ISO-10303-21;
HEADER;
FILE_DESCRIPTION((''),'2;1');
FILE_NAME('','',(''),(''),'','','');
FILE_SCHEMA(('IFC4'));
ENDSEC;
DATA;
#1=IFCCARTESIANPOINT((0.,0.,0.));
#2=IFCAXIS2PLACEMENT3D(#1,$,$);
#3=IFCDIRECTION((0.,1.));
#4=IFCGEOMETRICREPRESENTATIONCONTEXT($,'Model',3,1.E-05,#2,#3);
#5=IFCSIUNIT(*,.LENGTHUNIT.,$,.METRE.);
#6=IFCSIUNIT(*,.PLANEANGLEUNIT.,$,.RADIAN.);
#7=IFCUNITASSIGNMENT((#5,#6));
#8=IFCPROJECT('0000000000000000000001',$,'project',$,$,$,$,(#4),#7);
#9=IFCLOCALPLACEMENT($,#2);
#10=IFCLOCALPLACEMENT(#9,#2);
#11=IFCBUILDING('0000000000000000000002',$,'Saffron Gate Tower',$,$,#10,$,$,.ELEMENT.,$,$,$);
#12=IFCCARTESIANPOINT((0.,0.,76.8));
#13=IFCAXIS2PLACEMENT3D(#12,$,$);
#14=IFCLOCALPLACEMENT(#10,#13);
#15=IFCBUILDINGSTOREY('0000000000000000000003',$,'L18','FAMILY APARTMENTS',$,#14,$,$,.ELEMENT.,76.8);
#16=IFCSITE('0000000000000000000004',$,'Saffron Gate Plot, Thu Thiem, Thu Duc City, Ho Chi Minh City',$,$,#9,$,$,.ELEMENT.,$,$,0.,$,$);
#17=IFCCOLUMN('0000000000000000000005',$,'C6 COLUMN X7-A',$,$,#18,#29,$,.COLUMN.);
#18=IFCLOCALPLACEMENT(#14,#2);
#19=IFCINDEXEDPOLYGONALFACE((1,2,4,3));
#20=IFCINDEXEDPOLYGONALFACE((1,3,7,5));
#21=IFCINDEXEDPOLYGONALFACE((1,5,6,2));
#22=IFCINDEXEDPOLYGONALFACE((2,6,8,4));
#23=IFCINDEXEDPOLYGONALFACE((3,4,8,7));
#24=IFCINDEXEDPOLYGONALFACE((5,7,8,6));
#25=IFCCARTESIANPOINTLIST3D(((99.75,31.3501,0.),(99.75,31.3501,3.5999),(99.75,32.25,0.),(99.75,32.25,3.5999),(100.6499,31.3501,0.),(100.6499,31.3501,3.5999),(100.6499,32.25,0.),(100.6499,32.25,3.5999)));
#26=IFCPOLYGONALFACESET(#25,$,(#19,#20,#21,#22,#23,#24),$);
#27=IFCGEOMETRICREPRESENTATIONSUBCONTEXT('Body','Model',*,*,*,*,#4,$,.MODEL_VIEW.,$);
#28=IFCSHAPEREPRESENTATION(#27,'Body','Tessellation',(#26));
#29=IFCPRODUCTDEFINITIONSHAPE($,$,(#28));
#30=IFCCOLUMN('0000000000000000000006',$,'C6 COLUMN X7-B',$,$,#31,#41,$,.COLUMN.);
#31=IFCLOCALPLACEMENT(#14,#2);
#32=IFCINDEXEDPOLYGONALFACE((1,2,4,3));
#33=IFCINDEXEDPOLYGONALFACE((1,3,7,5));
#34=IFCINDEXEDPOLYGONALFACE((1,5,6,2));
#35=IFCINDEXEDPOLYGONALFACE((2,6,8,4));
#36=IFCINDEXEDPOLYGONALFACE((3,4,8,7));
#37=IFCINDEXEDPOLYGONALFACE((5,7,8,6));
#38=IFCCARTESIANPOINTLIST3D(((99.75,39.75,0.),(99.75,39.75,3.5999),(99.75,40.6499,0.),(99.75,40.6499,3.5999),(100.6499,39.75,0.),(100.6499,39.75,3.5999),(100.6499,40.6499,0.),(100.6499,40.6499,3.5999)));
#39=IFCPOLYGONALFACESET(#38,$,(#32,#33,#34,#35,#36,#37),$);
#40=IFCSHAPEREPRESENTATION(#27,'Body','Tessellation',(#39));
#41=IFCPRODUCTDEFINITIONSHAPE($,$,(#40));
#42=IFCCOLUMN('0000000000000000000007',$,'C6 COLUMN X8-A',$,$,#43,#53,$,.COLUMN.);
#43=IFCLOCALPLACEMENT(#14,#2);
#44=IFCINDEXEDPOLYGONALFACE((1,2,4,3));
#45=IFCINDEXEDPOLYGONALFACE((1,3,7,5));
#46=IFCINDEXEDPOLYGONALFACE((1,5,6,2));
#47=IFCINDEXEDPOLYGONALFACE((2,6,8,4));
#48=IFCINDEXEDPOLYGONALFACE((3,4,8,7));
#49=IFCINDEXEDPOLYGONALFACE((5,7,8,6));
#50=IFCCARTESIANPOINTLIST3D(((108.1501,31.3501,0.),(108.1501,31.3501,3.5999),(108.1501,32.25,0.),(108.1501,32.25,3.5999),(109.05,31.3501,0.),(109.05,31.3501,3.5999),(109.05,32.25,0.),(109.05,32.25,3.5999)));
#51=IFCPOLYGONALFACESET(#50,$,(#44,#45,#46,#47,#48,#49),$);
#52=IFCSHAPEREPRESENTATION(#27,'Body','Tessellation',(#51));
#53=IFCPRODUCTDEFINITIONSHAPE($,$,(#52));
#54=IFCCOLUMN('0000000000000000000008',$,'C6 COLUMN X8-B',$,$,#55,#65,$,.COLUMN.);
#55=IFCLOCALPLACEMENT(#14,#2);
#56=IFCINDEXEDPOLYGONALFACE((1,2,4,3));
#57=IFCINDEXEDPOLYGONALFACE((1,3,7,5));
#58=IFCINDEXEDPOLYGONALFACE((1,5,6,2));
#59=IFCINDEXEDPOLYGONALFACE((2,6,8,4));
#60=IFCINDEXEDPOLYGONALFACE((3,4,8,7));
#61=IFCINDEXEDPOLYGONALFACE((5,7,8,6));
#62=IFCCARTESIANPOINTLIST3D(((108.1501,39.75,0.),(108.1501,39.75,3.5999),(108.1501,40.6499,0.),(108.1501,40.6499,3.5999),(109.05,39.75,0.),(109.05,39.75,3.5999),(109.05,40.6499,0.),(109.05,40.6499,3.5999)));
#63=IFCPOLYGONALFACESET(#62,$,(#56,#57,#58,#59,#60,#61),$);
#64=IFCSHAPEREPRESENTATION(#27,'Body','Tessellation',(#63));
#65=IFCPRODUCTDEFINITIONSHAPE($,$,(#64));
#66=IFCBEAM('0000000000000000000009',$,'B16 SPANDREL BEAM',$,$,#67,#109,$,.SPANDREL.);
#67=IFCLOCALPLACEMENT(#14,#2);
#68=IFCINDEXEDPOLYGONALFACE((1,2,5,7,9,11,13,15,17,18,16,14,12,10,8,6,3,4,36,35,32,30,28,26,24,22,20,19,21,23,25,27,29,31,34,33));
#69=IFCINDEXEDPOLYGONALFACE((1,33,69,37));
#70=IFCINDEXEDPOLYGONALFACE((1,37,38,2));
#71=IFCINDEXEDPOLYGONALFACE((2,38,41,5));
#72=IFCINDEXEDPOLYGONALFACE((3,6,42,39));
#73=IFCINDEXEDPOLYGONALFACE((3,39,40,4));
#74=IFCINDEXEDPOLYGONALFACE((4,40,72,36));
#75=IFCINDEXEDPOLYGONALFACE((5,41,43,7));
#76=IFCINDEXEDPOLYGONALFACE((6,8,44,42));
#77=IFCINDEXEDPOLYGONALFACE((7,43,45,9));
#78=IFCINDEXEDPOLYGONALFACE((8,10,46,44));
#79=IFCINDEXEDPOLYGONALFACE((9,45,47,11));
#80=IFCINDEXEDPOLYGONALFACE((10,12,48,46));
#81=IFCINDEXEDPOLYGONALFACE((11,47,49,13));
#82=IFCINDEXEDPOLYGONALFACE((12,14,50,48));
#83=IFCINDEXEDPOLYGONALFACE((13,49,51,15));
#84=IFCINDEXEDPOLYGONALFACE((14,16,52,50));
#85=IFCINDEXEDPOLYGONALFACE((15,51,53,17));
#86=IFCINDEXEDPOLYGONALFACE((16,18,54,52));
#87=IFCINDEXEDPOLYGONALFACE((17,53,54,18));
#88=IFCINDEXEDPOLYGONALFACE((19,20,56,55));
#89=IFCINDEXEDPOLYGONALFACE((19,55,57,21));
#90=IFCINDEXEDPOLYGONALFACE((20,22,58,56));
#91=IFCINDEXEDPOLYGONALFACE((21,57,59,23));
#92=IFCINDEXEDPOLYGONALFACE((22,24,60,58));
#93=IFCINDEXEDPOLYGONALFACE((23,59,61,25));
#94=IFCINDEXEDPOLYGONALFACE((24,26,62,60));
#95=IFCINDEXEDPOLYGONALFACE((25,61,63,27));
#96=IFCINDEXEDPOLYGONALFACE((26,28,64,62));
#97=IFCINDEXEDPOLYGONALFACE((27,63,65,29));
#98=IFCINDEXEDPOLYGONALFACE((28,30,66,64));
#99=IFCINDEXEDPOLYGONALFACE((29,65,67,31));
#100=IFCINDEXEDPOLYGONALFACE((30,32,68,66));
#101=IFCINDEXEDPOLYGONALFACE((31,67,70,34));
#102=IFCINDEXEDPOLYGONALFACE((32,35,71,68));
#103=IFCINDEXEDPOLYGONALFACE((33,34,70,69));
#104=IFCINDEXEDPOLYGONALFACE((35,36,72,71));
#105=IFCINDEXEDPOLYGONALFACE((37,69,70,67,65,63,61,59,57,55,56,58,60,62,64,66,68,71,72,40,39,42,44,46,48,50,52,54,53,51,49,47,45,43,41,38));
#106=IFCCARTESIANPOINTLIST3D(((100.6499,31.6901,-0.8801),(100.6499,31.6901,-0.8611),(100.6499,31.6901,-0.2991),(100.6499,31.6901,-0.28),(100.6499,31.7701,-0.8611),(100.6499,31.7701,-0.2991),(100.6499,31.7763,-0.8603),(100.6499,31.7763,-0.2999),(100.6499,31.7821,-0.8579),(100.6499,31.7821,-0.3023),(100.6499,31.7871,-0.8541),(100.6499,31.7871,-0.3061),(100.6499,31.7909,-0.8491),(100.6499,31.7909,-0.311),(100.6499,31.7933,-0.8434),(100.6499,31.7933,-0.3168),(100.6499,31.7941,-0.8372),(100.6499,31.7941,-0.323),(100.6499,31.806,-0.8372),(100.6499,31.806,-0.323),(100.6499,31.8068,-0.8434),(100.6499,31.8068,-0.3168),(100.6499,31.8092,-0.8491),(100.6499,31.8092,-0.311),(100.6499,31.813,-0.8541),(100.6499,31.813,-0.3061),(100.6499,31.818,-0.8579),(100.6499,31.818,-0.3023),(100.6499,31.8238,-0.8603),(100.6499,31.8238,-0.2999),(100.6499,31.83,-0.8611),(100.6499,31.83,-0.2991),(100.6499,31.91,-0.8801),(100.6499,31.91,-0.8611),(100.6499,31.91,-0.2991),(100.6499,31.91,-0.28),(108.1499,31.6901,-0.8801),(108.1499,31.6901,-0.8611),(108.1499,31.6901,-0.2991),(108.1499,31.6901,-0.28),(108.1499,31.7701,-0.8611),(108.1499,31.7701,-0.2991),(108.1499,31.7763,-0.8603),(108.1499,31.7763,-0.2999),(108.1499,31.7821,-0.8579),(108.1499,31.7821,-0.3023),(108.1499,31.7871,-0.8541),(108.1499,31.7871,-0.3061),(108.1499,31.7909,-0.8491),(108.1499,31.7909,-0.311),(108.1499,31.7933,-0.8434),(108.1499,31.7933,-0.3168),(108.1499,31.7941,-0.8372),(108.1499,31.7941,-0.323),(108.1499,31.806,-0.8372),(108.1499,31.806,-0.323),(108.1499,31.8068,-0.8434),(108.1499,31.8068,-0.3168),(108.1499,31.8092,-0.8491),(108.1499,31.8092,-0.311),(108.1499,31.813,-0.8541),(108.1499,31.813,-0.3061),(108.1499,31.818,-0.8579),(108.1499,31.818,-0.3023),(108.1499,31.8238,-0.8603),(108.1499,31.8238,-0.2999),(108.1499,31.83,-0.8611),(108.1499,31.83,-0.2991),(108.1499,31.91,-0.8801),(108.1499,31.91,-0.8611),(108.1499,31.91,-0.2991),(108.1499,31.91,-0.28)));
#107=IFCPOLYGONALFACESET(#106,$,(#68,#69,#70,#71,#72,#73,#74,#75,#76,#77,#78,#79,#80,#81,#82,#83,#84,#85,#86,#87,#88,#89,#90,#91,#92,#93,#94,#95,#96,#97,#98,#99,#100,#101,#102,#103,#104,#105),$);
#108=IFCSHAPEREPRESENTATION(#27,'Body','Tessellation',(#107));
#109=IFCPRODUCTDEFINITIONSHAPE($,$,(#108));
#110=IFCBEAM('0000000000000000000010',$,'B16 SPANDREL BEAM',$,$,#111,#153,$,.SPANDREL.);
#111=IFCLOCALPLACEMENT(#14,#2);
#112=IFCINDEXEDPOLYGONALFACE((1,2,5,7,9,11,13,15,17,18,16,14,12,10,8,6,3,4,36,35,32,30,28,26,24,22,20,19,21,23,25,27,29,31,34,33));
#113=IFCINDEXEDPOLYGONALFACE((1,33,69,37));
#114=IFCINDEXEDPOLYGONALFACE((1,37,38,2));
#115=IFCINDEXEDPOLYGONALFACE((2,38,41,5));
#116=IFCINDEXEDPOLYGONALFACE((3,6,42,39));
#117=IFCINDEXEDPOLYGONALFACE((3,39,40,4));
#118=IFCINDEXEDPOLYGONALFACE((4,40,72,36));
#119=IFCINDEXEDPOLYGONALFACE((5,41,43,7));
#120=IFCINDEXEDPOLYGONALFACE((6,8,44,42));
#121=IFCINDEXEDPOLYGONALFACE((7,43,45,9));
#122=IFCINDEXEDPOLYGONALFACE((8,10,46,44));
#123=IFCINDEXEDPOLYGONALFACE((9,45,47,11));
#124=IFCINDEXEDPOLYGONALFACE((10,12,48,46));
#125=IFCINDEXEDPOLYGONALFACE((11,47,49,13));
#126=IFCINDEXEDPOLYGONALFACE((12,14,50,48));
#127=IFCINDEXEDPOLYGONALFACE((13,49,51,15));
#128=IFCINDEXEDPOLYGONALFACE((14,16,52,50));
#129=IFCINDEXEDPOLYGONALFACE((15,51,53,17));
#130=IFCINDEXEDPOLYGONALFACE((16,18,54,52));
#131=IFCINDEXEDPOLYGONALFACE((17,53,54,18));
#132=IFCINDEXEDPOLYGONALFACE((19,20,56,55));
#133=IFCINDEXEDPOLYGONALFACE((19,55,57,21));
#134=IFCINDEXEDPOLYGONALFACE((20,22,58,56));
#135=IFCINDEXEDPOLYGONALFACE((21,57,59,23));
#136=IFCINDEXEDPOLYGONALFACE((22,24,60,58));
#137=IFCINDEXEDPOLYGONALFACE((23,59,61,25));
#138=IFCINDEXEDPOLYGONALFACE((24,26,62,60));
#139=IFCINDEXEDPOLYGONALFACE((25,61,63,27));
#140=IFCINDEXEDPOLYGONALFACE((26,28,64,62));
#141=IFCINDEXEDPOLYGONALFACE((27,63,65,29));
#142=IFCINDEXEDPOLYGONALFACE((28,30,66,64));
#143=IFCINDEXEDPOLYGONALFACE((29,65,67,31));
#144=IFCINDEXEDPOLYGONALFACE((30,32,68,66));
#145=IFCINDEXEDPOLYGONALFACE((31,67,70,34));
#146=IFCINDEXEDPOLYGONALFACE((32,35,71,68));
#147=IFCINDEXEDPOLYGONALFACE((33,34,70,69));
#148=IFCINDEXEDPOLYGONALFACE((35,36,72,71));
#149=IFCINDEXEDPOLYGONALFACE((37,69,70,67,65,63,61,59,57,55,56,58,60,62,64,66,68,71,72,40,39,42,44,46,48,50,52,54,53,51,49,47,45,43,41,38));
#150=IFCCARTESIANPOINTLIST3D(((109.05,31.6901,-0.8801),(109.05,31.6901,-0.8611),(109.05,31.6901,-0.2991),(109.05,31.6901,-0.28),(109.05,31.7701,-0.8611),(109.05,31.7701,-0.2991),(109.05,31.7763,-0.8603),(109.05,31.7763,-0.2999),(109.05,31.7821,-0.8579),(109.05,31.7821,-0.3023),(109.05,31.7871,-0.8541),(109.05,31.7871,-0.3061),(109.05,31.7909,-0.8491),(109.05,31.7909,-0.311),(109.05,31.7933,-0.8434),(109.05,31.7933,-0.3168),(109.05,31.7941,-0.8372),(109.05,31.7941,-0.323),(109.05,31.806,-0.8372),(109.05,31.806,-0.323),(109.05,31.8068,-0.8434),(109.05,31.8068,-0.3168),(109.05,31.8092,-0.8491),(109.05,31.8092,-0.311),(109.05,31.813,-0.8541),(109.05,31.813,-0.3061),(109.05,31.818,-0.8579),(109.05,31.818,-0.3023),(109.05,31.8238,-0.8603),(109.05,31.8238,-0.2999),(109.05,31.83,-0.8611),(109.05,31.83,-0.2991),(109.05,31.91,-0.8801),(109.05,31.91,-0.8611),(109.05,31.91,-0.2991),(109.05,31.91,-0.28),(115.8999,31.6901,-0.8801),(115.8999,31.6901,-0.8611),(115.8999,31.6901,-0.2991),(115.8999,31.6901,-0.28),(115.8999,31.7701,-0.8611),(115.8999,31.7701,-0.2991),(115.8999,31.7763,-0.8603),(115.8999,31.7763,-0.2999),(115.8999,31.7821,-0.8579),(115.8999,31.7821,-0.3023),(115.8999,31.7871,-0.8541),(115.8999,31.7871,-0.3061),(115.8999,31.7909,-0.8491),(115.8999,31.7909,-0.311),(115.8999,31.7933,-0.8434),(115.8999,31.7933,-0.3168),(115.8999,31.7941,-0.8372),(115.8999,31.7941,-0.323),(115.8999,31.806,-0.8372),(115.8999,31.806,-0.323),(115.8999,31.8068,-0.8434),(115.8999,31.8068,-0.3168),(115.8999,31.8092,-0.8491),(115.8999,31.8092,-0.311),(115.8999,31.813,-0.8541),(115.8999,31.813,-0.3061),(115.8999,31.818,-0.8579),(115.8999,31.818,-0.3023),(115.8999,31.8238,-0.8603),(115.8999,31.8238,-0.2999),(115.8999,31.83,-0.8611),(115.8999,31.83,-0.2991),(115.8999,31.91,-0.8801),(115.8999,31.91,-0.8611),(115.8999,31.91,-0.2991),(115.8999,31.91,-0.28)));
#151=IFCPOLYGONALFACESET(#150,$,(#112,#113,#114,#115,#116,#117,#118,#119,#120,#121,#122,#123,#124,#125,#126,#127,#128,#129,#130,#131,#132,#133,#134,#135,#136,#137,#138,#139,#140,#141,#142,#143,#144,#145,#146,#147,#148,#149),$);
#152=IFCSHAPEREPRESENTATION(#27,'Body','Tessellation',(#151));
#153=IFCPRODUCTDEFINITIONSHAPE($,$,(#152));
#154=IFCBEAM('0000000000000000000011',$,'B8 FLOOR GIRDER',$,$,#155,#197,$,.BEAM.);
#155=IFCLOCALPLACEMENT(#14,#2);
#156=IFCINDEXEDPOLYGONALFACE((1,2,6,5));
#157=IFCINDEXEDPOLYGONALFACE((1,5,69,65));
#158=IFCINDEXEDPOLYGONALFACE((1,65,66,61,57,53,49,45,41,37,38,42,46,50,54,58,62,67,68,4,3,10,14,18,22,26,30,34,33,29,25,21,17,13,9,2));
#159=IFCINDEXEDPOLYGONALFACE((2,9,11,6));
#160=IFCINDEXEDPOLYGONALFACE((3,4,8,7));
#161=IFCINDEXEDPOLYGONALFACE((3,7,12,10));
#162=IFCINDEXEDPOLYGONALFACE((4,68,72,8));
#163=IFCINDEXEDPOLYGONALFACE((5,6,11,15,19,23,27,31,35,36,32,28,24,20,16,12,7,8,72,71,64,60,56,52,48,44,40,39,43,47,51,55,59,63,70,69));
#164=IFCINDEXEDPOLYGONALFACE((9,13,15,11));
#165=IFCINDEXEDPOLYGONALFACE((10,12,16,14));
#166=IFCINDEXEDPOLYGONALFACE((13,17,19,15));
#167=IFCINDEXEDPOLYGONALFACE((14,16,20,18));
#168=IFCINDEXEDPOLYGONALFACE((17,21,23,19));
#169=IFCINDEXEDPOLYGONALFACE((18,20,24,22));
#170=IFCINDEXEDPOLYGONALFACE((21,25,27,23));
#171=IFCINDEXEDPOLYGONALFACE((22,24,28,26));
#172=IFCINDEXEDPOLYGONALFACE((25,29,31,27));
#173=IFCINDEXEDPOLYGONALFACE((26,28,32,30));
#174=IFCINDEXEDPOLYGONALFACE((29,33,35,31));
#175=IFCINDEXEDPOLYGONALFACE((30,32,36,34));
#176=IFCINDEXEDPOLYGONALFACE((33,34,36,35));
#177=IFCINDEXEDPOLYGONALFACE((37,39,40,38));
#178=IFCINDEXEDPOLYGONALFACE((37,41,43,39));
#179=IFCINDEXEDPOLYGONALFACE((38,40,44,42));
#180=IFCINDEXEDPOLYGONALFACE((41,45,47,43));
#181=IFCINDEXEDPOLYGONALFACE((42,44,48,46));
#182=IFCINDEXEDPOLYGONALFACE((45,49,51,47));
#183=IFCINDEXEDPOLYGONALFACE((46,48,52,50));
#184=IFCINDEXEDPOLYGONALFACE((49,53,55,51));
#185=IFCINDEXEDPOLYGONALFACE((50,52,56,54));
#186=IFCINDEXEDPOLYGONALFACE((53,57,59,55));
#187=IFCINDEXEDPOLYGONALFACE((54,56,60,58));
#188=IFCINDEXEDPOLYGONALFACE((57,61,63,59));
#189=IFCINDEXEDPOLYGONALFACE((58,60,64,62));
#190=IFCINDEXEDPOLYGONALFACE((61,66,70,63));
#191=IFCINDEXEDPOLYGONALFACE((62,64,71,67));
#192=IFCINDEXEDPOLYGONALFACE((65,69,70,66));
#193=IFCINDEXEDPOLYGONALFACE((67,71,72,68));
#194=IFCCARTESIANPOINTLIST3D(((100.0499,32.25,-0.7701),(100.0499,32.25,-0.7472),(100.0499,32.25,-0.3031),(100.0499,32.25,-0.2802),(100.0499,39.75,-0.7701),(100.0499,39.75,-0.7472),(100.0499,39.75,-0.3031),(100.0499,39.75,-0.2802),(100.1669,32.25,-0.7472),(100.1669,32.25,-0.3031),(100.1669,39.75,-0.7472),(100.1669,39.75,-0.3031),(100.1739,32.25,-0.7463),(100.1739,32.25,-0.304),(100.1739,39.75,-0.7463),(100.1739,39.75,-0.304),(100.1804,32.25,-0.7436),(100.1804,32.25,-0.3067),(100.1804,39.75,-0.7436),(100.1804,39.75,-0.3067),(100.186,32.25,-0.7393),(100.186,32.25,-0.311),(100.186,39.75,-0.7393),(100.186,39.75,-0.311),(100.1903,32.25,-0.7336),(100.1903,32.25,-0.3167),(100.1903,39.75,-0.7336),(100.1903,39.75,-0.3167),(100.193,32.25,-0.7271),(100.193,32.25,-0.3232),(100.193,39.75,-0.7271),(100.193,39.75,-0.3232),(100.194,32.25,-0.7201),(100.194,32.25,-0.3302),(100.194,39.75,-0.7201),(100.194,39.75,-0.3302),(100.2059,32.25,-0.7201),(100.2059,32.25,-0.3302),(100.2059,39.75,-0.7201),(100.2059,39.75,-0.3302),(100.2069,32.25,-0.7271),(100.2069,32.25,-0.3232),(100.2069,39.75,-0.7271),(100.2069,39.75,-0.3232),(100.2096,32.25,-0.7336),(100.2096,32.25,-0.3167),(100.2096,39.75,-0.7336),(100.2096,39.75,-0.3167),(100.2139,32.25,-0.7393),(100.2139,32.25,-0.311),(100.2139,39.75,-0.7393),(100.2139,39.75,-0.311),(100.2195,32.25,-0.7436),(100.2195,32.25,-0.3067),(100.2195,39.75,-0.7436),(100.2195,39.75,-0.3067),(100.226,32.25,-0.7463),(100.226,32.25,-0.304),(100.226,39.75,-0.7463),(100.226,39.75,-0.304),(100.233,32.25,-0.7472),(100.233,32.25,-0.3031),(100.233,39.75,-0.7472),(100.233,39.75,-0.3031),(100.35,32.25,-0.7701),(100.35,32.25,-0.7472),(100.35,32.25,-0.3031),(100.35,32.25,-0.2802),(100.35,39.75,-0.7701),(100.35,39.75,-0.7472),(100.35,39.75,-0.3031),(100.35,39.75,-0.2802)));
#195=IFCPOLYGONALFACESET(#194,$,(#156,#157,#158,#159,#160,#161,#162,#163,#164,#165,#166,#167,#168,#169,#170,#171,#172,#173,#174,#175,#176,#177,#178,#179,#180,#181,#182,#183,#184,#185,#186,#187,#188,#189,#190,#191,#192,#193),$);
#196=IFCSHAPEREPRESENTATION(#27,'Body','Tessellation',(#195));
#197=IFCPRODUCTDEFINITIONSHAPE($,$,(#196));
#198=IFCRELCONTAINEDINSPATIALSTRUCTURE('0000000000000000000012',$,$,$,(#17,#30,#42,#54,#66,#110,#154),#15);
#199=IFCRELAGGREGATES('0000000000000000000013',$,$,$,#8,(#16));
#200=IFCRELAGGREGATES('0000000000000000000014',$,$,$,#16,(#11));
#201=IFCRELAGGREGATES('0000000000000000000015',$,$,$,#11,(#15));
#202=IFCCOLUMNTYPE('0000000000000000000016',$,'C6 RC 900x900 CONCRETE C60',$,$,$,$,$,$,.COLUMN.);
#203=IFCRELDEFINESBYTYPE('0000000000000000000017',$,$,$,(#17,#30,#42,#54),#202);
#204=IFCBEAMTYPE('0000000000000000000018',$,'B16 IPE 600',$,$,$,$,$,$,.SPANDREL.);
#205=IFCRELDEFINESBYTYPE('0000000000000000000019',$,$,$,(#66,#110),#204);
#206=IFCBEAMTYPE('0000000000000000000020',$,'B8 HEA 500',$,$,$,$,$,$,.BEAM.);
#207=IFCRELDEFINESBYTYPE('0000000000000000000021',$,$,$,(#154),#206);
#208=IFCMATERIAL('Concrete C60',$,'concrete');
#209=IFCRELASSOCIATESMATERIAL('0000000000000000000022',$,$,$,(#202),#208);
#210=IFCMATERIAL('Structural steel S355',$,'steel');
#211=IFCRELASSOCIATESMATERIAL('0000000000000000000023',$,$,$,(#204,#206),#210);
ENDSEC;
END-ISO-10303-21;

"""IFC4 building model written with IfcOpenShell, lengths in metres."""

from ifc_helpers import new_model, si_unit, direction, frame, origin, origin_2d, place, context, subcontext, project, spatial, rectangle, i_section, extrude, material, material_profile, profile_set, type_object, element, save


model = new_model("IFC4")

# Units and contexts
model_context = context("Model", 3, precision=1e-05, world=origin(), true_north=direction((0.0, 1.0)))
body_context = subcontext(model_context, "Body", "Model", "MODEL_VIEW")
ifc_project = project(units=[si_unit("LENGTHUNIT", "METRE"), si_unit("PLANEANGLEUNIT", "RADIAN")], contexts=[model_context])

# Site, building, storey
site_placement = place(None, origin())
site = spatial("IfcSite", under=ifc_project, at=site_placement, Name="Saffron Gate Plot, Thu Thiem, Thu Duc City, Ho Chi Minh City", CompositionType="ELEMENT", RefElevation=0.0)
building_placement = place(site_placement, origin())
building = spatial("IfcBuilding", under=site, at=building_placement, Name="Saffron Gate Tower", CompositionType="ELEMENT")
storey_placement = place(building_placement, frame((0.0, 0.0, 76.8)))
storey = spatial("IfcBuildingStorey", under=building, at=storey_placement, Name="L18", Description="FAMILY APARTMENTS", CompositionType="ELEMENT", Elevation=76.8)

# Columns
ifc_material_1 = material(Name="Concrete C60", Category="concrete")
ifc_material_profile_1 = material_profile(ifc_material_1, rectangle(XDim=0.8999, YDim=0.8999, at=origin_2d()))
ifc_profile_set_1 = profile_set([ifc_material_profile_1], Name="Concrete C60")
column_type = type_object("IfcColumnType", Name="C6 RC 900x900 CONCRETE C60", PredefinedType="COLUMN", material=ifc_profile_set_1)
for number, where, z_axis, x_axis, name in (
    (1, (100.2, 31.8, 0.0), (0.0, 0.0, 1.0), (1.0, 0.0, 0.0), "C6 COLUMN X7-A"),
    (2, (100.2, 40.2, 0.0), (0.0, 0.0, 1.0), (1.0, 0.0, 0.0), "C6 COLUMN X7-B"),
    (3, (108.6001, 31.8, 0.0), (0.0, 0.0, 1.0), (1.0, 0.0, 0.0), "C6 COLUMN X8-A"),
    (4, (108.6001, 40.2, 0.0), (0.0, 0.0, 1.0), (1.0, 0.0, 0.0), "C6 COLUMN X8-B"),
):
    element("IfcColumn", number, at=place(storey_placement, frame(where, z_axis=z_axis, x_axis=x_axis)), inside=storey, type_object=column_type, Name=name, PredefinedType="COLUMN", context=body_context, shape_type="SweptSolid", body=[
        extrude(rectangle(XDim=0.8999, YDim=0.8999, at=origin_2d()), origin(), (0.0, 0.0, 1.0), 3.5999),
    ])

# Beams
ifc_material_2 = material(Name="Structural steel S355", Category="steel")
ifc_material_profile_2 = material_profile(ifc_material_2, i_section(OverallWidth=0.22, OverallDepth=0.6001, WebThickness=0.012, FlangeThickness=0.019, FilletRadius=0.0239, at=origin_2d()))
ifc_profile_set_2 = profile_set([ifc_material_profile_2], Name="Structural steel S355")
beam_type_1 = type_object("IfcBeamType", Name="B16 IPE 600", PredefinedType="SPANDREL", material=ifc_profile_set_2)
beam_1_placement = place(storey_placement, frame((100.6499, 31.8, -0.5801), z_axis=(1.0, 0.0, 0.0), x_axis=(0.0, 1.0, 0.0)))
element("IfcBeam", 5, at=beam_1_placement, inside=storey, type_object=beam_type_1, Name="B16 SPANDREL BEAM", PredefinedType="SPANDREL", context=body_context, shape_type="SweptSolid", body=[
    extrude(i_section(OverallWidth=0.22, OverallDepth=0.6001, WebThickness=0.012, FlangeThickness=0.019, FilletRadius=0.0239, at=origin_2d()), origin(), (0.0, 0.0, 1.0), 7.5),
])
beam_2_placement = place(storey_placement, frame((109.05, 31.8, -0.5801), z_axis=(1.0, 0.0, 0.0), x_axis=(0.0, 1.0, 0.0)))
element("IfcBeam", 6, at=beam_2_placement, inside=storey, type_object=beam_type_1, Name="B16 SPANDREL BEAM", PredefinedType="SPANDREL", context=body_context, shape_type="SweptSolid", body=[
    extrude(i_section(OverallWidth=0.22, OverallDepth=0.6001, WebThickness=0.012, FlangeThickness=0.019, FilletRadius=0.0239, at=origin_2d()), origin(), (0.0, 0.0, 1.0), 6.8499),
])
ifc_material_profile_3 = material_profile(ifc_material_2, i_section(OverallWidth=0.3, OverallDepth=0.49, WebThickness=0.012, FlangeThickness=0.0229, FilletRadius=0.0271, at=origin_2d()))
ifc_profile_set_3 = profile_set([ifc_material_profile_3], Name="Structural steel S355")
beam_type_2 = type_object("IfcBeamType", Name="B8 HEA 500", PredefinedType="BEAM", material=ifc_profile_set_3)
beam_3_placement = place(storey_placement, frame((100.2, 32.25, -0.5251), z_axis=(0.0, 1.0, 0.0), x_axis=(-1.0, 0.0, 0.0)))
element("IfcBeam", 7, at=beam_3_placement, inside=storey, type_object=beam_type_2, Name="B8 FLOOR GIRDER", PredefinedType="BEAM", context=body_context, shape_type="SweptSolid", body=[
    extrude(i_section(OverallWidth=0.3, OverallDepth=0.49, WebThickness=0.012, FlangeThickness=0.0229, FilletRadius=0.0271, at=origin_2d()), origin(), (0.0, 0.0, 1.0), 7.5),
])

save(model, "model.ifc")
